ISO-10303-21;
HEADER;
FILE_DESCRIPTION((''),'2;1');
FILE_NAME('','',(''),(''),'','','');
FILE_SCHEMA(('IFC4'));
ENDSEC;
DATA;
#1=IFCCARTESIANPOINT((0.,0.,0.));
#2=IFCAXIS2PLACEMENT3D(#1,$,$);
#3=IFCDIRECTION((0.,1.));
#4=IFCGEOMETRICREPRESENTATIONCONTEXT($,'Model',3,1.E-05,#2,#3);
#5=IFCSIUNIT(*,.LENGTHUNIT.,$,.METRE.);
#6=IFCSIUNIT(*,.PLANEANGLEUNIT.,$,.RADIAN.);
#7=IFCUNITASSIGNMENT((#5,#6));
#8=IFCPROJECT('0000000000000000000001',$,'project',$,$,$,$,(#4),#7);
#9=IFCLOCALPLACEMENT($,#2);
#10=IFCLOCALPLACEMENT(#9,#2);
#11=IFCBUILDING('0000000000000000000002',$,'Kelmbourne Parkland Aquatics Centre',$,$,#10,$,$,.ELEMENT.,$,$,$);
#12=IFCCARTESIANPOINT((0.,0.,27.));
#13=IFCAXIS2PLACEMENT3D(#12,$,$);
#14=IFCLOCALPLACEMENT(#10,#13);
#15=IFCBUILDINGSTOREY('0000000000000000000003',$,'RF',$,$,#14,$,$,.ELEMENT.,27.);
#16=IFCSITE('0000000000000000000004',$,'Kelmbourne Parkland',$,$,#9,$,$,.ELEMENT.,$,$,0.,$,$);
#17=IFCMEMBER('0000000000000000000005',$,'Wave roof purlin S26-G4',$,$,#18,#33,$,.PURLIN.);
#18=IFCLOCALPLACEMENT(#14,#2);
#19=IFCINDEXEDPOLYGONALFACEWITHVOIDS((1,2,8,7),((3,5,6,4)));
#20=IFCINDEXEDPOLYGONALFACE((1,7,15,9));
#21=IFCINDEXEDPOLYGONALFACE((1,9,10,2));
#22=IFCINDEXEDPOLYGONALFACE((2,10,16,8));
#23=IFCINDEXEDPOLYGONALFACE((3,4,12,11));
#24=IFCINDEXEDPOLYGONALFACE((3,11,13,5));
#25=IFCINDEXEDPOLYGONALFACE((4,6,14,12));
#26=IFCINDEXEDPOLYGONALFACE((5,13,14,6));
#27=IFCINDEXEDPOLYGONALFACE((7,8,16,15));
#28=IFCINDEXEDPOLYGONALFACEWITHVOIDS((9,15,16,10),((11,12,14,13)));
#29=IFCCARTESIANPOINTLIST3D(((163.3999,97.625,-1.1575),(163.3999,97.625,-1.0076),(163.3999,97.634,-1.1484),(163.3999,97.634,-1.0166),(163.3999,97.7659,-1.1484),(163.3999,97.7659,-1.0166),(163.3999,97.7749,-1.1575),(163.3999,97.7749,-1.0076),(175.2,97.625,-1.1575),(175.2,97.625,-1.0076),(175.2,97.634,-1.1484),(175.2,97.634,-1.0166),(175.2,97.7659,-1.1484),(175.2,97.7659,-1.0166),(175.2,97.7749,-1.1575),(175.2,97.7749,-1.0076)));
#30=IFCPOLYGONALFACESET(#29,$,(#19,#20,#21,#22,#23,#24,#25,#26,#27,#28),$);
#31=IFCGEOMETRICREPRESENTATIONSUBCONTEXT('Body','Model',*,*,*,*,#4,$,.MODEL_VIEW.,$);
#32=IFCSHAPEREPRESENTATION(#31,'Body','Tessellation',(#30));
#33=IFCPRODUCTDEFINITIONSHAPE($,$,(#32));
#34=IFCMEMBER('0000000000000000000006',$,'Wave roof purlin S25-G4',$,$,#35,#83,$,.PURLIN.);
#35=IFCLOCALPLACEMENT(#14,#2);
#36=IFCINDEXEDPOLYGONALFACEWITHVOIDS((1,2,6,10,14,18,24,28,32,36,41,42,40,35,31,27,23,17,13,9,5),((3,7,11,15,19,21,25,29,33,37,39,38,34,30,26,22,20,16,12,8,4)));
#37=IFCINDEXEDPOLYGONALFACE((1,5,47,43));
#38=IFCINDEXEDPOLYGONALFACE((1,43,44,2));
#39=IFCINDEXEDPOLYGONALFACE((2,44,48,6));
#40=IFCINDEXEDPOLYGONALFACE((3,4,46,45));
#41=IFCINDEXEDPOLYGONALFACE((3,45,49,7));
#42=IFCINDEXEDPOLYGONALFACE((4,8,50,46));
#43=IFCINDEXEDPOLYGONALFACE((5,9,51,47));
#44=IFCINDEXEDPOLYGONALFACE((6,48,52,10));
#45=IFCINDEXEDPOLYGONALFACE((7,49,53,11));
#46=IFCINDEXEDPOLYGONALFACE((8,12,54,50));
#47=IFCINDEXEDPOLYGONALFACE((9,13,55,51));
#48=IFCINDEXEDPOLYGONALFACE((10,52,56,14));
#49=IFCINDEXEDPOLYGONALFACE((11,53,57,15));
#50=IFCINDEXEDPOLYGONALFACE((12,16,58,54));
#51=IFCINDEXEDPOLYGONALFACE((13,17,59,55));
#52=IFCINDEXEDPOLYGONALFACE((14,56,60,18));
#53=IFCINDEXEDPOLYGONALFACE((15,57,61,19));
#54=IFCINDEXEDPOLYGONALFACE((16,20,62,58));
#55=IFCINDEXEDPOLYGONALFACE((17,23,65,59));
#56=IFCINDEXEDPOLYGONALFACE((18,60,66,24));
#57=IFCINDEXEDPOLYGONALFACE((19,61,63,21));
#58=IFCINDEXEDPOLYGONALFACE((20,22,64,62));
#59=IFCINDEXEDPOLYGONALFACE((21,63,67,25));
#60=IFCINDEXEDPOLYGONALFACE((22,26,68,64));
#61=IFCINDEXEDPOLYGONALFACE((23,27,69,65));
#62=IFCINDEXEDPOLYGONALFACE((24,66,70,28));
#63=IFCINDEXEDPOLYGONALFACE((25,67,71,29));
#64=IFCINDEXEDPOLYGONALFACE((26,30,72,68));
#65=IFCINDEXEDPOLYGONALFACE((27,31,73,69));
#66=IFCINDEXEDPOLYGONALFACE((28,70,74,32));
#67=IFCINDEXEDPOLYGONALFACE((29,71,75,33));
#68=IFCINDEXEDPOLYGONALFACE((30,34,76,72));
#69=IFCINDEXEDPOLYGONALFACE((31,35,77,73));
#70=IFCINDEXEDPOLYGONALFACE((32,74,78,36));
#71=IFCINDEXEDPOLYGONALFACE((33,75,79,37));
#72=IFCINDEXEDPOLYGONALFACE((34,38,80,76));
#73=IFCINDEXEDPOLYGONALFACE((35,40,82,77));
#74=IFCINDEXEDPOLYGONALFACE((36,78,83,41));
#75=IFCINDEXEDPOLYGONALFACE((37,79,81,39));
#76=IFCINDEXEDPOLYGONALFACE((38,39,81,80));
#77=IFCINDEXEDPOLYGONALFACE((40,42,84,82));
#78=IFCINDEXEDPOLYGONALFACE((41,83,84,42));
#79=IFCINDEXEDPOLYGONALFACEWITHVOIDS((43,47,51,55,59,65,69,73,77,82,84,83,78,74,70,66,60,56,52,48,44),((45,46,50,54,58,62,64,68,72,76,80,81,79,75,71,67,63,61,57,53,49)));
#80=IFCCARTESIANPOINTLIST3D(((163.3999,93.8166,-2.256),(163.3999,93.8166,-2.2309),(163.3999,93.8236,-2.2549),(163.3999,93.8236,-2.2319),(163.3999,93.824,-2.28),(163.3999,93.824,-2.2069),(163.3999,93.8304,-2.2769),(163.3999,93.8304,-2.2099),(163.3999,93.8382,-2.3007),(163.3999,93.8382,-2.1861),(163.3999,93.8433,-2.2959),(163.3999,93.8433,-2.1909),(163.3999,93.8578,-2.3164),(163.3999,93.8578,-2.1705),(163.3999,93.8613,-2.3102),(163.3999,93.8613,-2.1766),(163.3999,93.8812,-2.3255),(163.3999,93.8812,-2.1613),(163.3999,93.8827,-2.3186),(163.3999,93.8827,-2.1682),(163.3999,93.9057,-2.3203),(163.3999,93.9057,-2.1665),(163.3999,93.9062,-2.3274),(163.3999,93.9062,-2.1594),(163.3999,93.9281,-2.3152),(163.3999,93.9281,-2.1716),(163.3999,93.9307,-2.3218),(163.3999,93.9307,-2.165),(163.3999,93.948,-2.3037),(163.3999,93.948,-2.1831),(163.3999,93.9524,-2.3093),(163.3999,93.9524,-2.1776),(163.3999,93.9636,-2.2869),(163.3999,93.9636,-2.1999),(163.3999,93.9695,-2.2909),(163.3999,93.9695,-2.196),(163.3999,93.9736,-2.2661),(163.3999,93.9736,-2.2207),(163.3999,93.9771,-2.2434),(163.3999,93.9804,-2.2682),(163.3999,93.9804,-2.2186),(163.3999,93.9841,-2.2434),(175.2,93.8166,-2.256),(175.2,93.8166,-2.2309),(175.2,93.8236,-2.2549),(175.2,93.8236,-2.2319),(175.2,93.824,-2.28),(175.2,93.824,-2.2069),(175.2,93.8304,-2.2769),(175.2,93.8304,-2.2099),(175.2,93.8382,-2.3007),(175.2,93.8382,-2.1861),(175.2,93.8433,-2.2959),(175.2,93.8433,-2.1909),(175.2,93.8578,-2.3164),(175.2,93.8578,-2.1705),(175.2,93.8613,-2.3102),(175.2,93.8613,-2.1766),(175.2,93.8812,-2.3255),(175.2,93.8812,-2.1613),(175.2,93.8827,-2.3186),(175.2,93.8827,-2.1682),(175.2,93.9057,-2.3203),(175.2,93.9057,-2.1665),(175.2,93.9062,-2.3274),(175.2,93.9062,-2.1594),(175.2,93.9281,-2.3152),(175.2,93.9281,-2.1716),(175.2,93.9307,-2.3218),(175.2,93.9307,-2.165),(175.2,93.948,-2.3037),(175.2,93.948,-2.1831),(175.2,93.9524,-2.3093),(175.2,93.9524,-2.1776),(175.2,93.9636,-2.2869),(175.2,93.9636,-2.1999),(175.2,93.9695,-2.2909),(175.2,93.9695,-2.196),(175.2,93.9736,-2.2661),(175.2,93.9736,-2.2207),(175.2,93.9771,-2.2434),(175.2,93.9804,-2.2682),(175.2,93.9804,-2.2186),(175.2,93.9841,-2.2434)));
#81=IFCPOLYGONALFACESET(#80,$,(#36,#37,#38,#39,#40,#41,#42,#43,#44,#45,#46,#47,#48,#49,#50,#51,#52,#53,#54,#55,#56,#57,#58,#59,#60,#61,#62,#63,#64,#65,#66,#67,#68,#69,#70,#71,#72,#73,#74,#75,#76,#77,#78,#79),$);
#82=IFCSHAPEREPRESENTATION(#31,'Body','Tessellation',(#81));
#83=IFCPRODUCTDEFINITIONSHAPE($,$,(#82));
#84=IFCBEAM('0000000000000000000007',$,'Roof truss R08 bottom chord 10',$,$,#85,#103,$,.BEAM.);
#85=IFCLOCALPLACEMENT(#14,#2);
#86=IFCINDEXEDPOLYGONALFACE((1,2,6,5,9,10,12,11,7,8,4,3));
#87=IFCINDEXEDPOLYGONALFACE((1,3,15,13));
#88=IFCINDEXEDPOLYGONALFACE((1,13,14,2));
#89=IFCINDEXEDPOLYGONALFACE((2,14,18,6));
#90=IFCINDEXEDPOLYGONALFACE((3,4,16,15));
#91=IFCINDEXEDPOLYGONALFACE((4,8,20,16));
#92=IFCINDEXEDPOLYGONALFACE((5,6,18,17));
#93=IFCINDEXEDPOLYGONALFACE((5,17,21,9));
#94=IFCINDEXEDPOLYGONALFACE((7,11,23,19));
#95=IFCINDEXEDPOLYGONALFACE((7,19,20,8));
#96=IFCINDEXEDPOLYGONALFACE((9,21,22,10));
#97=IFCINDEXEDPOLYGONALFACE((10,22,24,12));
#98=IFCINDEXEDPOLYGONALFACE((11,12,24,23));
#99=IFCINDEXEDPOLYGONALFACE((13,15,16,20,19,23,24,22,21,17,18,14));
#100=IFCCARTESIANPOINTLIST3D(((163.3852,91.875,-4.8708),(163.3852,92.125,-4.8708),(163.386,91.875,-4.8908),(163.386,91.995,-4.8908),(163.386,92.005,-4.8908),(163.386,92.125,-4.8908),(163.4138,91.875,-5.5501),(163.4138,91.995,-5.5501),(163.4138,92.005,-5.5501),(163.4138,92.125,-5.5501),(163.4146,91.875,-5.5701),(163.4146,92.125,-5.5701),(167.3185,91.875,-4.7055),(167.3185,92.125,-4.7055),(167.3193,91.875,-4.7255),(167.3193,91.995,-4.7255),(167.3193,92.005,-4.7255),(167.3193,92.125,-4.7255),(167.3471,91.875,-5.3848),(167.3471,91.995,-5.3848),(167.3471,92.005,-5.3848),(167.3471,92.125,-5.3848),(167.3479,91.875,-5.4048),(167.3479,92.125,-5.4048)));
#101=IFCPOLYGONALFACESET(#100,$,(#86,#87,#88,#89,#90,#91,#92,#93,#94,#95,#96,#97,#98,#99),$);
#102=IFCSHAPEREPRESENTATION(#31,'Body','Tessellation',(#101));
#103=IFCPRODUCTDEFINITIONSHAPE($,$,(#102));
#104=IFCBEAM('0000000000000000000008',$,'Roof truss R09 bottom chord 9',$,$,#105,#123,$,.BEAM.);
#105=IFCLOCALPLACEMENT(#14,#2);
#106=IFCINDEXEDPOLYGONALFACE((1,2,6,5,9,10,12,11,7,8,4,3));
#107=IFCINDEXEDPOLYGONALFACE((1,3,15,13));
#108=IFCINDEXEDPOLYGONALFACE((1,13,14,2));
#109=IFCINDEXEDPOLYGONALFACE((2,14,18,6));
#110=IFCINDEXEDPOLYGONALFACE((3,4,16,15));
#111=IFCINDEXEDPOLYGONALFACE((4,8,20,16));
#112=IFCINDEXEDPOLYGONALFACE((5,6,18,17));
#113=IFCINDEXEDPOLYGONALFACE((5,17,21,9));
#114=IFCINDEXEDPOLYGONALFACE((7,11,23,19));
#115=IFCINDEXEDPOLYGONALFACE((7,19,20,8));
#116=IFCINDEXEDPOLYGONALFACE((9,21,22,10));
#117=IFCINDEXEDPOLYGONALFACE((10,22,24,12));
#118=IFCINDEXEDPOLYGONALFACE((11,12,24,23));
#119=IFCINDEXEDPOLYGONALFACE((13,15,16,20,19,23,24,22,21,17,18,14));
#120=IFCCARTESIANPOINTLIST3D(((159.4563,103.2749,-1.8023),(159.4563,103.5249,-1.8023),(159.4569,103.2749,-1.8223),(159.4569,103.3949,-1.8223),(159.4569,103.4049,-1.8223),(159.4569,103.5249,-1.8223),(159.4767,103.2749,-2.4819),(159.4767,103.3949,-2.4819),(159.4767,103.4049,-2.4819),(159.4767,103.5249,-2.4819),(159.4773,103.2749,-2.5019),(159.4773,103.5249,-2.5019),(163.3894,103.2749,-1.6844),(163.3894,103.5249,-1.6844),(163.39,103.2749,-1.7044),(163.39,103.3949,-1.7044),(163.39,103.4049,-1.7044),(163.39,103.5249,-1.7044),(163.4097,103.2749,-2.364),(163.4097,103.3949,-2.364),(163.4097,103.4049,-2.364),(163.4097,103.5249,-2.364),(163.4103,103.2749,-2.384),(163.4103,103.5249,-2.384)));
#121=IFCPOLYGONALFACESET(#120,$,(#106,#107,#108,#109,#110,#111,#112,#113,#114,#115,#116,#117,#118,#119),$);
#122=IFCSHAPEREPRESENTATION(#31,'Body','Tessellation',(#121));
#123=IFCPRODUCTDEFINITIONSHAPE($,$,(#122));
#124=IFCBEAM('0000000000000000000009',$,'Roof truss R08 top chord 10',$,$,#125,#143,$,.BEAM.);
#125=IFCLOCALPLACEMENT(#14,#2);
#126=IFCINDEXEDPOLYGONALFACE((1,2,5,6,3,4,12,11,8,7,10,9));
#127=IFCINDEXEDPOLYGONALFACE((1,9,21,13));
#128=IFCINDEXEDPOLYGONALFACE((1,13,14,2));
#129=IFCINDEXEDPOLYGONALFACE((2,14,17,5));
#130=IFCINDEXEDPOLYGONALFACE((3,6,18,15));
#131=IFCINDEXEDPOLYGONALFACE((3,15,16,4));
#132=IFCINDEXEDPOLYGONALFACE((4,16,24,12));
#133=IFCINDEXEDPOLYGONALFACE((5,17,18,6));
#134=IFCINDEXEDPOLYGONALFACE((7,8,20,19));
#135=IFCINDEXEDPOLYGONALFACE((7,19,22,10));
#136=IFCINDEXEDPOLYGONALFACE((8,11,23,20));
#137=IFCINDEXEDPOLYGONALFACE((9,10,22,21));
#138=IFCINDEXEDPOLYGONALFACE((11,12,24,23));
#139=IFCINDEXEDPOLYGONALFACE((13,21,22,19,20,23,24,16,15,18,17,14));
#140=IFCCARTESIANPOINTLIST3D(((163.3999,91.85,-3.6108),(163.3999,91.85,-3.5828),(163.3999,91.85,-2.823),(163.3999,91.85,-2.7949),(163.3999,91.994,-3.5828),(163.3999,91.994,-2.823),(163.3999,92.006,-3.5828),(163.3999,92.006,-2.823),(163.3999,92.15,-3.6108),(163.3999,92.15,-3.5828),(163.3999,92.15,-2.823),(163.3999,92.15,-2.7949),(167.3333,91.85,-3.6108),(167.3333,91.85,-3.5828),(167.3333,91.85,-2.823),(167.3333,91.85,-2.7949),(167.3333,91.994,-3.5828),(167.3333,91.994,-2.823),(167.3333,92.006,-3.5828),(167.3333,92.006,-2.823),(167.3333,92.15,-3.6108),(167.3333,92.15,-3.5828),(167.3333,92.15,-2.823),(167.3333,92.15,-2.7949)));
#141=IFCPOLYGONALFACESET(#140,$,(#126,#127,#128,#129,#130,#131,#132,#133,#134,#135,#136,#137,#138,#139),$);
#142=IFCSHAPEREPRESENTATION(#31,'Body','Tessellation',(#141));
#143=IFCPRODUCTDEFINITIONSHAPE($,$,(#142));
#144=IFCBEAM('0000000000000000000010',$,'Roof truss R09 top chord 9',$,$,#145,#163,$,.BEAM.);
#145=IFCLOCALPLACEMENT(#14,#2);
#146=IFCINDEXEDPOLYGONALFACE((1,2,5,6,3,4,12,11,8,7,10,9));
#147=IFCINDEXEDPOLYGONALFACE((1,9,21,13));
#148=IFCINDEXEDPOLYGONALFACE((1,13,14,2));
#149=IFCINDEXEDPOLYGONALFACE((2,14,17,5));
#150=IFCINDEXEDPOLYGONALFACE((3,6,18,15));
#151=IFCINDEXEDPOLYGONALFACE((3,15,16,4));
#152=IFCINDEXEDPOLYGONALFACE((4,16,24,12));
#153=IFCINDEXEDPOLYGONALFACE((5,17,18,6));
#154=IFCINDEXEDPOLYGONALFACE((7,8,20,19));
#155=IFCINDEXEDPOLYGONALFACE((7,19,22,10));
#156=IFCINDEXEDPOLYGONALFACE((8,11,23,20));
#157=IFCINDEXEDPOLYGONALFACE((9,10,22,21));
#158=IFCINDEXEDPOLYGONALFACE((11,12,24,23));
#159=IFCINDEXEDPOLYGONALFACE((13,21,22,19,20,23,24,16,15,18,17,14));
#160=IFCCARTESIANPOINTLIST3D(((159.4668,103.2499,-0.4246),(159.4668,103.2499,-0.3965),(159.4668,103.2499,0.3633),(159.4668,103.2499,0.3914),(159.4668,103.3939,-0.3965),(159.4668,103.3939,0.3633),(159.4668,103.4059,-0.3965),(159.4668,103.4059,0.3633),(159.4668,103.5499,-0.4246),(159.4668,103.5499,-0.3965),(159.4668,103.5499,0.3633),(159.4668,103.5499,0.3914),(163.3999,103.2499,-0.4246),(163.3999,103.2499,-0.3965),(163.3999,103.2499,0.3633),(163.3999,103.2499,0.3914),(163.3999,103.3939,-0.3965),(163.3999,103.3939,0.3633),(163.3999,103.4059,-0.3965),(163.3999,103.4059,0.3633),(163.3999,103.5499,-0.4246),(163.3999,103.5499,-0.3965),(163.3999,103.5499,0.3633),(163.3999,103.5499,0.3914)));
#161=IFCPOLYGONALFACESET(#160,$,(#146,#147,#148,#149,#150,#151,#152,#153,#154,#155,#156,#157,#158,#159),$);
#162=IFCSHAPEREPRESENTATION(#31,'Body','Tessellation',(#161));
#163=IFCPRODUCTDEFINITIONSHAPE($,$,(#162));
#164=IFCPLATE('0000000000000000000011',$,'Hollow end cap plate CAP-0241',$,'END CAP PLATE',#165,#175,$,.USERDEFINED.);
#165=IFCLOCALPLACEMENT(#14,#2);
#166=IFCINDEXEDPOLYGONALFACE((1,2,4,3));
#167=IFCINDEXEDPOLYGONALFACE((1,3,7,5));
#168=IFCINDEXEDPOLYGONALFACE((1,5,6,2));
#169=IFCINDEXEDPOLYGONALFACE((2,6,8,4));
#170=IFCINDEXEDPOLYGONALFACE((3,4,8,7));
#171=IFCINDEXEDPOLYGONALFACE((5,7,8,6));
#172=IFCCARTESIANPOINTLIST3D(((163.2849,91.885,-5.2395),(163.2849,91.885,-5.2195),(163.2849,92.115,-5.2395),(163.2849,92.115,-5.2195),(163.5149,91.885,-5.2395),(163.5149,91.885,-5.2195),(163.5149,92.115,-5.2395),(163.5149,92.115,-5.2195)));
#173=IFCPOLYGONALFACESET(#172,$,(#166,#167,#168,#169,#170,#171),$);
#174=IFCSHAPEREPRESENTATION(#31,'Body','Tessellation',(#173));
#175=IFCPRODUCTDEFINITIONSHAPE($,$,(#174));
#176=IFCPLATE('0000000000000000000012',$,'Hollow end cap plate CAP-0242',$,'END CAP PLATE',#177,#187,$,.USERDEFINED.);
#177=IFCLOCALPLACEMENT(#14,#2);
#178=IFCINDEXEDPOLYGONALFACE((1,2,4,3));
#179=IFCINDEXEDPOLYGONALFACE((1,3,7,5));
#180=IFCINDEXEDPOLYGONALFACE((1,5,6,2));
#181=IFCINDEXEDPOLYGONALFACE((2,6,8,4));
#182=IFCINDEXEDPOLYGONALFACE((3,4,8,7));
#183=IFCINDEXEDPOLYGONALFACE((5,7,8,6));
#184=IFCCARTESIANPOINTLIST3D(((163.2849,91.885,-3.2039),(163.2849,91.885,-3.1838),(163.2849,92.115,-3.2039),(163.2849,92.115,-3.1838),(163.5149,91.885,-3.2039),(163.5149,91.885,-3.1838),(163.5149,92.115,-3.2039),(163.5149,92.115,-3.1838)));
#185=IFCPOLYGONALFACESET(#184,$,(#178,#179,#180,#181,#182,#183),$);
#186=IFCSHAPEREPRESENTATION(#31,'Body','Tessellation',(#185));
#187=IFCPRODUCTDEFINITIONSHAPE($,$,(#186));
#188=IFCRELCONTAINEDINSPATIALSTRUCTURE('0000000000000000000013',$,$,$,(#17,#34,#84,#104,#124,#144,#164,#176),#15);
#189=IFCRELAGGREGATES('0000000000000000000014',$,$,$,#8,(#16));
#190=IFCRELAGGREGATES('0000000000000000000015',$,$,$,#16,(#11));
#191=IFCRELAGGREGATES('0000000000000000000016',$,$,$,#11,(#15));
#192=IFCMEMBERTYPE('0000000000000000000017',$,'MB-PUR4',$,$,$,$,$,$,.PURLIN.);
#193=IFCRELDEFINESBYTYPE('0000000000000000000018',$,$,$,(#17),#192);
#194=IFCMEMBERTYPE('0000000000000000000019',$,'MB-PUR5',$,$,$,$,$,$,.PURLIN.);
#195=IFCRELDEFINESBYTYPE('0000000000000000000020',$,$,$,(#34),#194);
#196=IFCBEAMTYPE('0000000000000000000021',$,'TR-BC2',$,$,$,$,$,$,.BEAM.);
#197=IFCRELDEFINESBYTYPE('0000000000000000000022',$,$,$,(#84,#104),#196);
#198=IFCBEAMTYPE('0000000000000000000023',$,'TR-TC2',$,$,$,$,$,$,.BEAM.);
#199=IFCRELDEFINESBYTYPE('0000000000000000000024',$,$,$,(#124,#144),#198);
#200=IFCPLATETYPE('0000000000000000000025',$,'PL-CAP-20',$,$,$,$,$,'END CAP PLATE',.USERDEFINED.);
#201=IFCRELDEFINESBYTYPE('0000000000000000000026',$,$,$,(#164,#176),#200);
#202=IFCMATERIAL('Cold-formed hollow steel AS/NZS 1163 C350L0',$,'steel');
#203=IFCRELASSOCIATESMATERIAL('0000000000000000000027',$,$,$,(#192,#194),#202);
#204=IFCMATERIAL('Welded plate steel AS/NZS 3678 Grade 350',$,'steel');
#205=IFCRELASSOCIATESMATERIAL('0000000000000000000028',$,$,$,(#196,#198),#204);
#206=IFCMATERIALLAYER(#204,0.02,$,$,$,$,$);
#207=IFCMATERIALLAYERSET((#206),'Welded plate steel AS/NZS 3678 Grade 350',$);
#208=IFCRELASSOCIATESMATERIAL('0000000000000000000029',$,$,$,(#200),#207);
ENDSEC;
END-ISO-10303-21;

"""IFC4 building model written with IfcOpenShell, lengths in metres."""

from ifc_helpers import new_model, si_unit, direction, frame, origin, origin_2d, place, context, subcontext, project, spatial, rectangle, hollow_rectangle, hollow_circle, i_section, extrude, material, layer, layer_set, material_profile, profile_set, type_object, element, save


model = new_model("IFC4")

# Units and contexts
model_context = context("Model", 3, precision=1e-05, world=origin(), true_north=direction((0.0, 1.0)))
body_context = subcontext(model_context, "Body", "Model", "MODEL_VIEW")
ifc_project = project(units=[si_unit("LENGTHUNIT", "METRE"), si_unit("PLANEANGLEUNIT", "RADIAN")], contexts=[model_context])

# Site, building, storey
site_placement = place(None, origin())
site = spatial("IfcSite", under=ifc_project, at=site_placement, Name="Kelmbourne Parkland", CompositionType="ELEMENT", RefElevation=0.0)
building_placement = place(site_placement, origin())
building = spatial("IfcBuilding", under=site, at=building_placement, Name="Kelmbourne Parkland Aquatics Centre", CompositionType="ELEMENT")
storey_placement = place(building_placement, frame((0.0, 0.0, 27.0)))
storey = spatial("IfcBuildingStorey", under=building, at=storey_placement, Name="RF", CompositionType="ELEMENT", Elevation=27.0)

# Members
ifc_material_1 = material(Name="Cold-formed hollow steel AS/NZS 1163 C350L0", Category="steel")
ifc_material_profile_1 = material_profile(ifc_material_1, hollow_rectangle(XDim=0.1499, YDim=0.1499, WallThickness=0.009, at=origin_2d()), Name="SHS 150x150x9.0")
ifc_profile_set_1 = profile_set([ifc_material_profile_1], Name="Cold-formed hollow steel AS/NZS 1163 C350L0")
member_type_1 = type_object("IfcMemberType", Name="MB-PUR4", PredefinedType="PURLIN", material=ifc_profile_set_1)
member_1_placement = place(storey_placement, frame((163.3999, 97.7, -1.0825), z_axis=(1.0, 0.0, 0.0), x_axis=(0.0, 1.0, 0.0)))
element("IfcMember", 1, at=member_1_placement, inside=storey, type_object=member_type_1, Name="Wave roof purlin S26-G4", PredefinedType="PURLIN", context=body_context, shape_type="SweptSolid", body=[
    extrude(hollow_rectangle(XDim=0.1499, YDim=0.1499, WallThickness=0.009, at=origin_2d()), origin(), (0.0, 0.0, 1.0), 11.8),
])
ifc_material_profile_2 = material_profile(ifc_material_1, hollow_circle(Radius=0.0842, WallThickness=0.0071, at=origin_2d()), Name="CHS 168.3x7.1")
ifc_profile_set_2 = profile_set([ifc_material_profile_2], Name="Cold-formed hollow steel AS/NZS 1163 C350L0")
member_type_2 = type_object("IfcMemberType", Name="MB-PUR5", PredefinedType="PURLIN", material=ifc_profile_set_2)
member_2_placement = place(storey_placement, frame((163.3999, 93.8999, -2.2434), z_axis=(1.0, 0.0, 0.0), x_axis=(0.0, 1.0, 0.0)))
element("IfcMember", 2, at=member_2_placement, inside=storey, type_object=member_type_2, Name="Wave roof purlin S25-G4", PredefinedType="PURLIN", context=body_context, shape_type="SweptSolid", body=[
    extrude(hollow_circle(Radius=0.0842, WallThickness=0.0071, at=origin_2d()), origin(), (0.0, 0.0, 1.0), 11.8),
])

# Beams
ifc_material_2 = material(Name="Welded plate steel AS/NZS 3678 Grade 350", Category="steel")
ifc_material_profile_3 = material_profile(ifc_material_2, i_section(OverallWidth=0.25, OverallDepth=0.7, WebThickness=0.01, FlangeThickness=0.02, at=origin_2d()), Name="700WB130")
ifc_profile_set_3 = profile_set([ifc_material_profile_3], Name="Welded plate steel AS/NZS 3678 Grade 350")
beam_type_1 = type_object("IfcBeamType", Name="TR-BC2", PredefinedType="BEAM", material=ifc_profile_set_3)
beam_1_placement = place(storey_placement, frame((163.3999, 92.0, -5.2205), z_axis=(0.999118, 0.0, 0.041984), x_axis=(0.0, 1.0, 0.0)))
element("IfcBeam", 3, at=beam_1_placement, inside=storey, type_object=beam_type_1, Name="Roof truss R08 bottom chord 10", PredefinedType="BEAM", context=body_context, shape_type="SweptSolid", body=[
    extrude(i_section(OverallWidth=0.25, OverallDepth=0.7, WebThickness=0.01, FlangeThickness=0.02, at=origin_2d()), origin(), (0.0, 0.0, 1.0), 3.9368),
])
beam_2_placement = place(storey_placement, frame((159.4668, 103.3999, -2.1521), z_axis=(0.999551, 0.0, 0.029968), x_axis=(0.0, 1.0, 0.0)))
element("IfcBeam", 4, at=beam_2_placement, inside=storey, type_object=beam_type_1, Name="Roof truss R09 bottom chord 9", PredefinedType="BEAM", context=body_context, shape_type="SweptSolid", body=[
    extrude(i_section(OverallWidth=0.25, OverallDepth=0.7, WebThickness=0.01, FlangeThickness=0.02, at=origin_2d()), origin(), (0.0, 0.0, 1.0), 3.9348),
])
ifc_material_profile_4 = material_profile(ifc_material_2, i_section(OverallWidth=0.3, OverallDepth=0.8159, WebThickness=0.012, FlangeThickness=0.0281, at=origin_2d()), Name="800WB192")
ifc_profile_set_4 = profile_set([ifc_material_profile_4], Name="Welded plate steel AS/NZS 3678 Grade 350")
beam_type_2 = type_object("IfcBeamType", Name="TR-TC2", PredefinedType="BEAM", material=ifc_profile_set_4)
beam_3_placement = place(storey_placement, frame((163.3999, 92.0, -3.2029), z_axis=(1.0, 0.0, 0.0), x_axis=(0.0, 1.0, 0.0)))
element("IfcBeam", 5, at=beam_3_placement, inside=storey, type_object=beam_type_2, Name="Roof truss R08 top chord 10", PredefinedType="BEAM", context=body_context, shape_type="SweptSolid", body=[
    extrude(i_section(OverallWidth=0.3, OverallDepth=0.8159, WebThickness=0.012, FlangeThickness=0.0281, at=origin_2d()), origin(), (0.0, 0.0, 1.0), 3.9333),
])
beam_4_placement = place(storey_placement, frame((159.4668, 103.3999, -0.0166), z_axis=(1.0, 0.0, 0.0), x_axis=(0.0, 1.0, 0.0)))
element("IfcBeam", 6, at=beam_4_placement, inside=storey, type_object=beam_type_2, Name="Roof truss R09 top chord 9", PredefinedType="BEAM", context=body_context, shape_type="SweptSolid", body=[
    extrude(i_section(OverallWidth=0.3, OverallDepth=0.8159, WebThickness=0.012, FlangeThickness=0.0281, at=origin_2d()), origin(), (0.0, 0.0, 1.0), 3.9331),
])

# Plates
ifc_layer_1 = layer(ifc_material_2, 0.02)
ifc_layer_set_1 = layer_set([ifc_layer_1], Name="Welded plate steel AS/NZS 3678 Grade 350")
plate_type_1 = type_object("IfcPlateType", Name="PL-CAP-20", ElementType="END CAP PLATE", PredefinedType="USERDEFINED", material=ifc_layer_set_1)
for number, where, z_axis, x_axis, name in (
    (7, (163.3999, 92.0, -5.2395), (0.0, 0.0, 1.0), (1.0, 0.0, 0.0), "Hollow end cap plate CAP-0241"),
    (8, (163.3999, 92.0, -3.2039), (0.0, 0.0, 1.0), (1.0, 0.0, 0.0), "Hollow end cap plate CAP-0242"),
):
    element("IfcPlate", number, at=place(storey_placement, frame(where, z_axis=z_axis, x_axis=x_axis)), inside=storey, type_object=plate_type_1, Name=name, ObjectType="END CAP PLATE", PredefinedType="USERDEFINED", context=body_context, shape_type="SweptSolid", body=[
        extrude(rectangle(XDim=0.23, YDim=0.23, at=origin_2d()), origin(), (0.0, 0.0, 1.0), 0.02),
    ])

save(model, "model.ifc")
